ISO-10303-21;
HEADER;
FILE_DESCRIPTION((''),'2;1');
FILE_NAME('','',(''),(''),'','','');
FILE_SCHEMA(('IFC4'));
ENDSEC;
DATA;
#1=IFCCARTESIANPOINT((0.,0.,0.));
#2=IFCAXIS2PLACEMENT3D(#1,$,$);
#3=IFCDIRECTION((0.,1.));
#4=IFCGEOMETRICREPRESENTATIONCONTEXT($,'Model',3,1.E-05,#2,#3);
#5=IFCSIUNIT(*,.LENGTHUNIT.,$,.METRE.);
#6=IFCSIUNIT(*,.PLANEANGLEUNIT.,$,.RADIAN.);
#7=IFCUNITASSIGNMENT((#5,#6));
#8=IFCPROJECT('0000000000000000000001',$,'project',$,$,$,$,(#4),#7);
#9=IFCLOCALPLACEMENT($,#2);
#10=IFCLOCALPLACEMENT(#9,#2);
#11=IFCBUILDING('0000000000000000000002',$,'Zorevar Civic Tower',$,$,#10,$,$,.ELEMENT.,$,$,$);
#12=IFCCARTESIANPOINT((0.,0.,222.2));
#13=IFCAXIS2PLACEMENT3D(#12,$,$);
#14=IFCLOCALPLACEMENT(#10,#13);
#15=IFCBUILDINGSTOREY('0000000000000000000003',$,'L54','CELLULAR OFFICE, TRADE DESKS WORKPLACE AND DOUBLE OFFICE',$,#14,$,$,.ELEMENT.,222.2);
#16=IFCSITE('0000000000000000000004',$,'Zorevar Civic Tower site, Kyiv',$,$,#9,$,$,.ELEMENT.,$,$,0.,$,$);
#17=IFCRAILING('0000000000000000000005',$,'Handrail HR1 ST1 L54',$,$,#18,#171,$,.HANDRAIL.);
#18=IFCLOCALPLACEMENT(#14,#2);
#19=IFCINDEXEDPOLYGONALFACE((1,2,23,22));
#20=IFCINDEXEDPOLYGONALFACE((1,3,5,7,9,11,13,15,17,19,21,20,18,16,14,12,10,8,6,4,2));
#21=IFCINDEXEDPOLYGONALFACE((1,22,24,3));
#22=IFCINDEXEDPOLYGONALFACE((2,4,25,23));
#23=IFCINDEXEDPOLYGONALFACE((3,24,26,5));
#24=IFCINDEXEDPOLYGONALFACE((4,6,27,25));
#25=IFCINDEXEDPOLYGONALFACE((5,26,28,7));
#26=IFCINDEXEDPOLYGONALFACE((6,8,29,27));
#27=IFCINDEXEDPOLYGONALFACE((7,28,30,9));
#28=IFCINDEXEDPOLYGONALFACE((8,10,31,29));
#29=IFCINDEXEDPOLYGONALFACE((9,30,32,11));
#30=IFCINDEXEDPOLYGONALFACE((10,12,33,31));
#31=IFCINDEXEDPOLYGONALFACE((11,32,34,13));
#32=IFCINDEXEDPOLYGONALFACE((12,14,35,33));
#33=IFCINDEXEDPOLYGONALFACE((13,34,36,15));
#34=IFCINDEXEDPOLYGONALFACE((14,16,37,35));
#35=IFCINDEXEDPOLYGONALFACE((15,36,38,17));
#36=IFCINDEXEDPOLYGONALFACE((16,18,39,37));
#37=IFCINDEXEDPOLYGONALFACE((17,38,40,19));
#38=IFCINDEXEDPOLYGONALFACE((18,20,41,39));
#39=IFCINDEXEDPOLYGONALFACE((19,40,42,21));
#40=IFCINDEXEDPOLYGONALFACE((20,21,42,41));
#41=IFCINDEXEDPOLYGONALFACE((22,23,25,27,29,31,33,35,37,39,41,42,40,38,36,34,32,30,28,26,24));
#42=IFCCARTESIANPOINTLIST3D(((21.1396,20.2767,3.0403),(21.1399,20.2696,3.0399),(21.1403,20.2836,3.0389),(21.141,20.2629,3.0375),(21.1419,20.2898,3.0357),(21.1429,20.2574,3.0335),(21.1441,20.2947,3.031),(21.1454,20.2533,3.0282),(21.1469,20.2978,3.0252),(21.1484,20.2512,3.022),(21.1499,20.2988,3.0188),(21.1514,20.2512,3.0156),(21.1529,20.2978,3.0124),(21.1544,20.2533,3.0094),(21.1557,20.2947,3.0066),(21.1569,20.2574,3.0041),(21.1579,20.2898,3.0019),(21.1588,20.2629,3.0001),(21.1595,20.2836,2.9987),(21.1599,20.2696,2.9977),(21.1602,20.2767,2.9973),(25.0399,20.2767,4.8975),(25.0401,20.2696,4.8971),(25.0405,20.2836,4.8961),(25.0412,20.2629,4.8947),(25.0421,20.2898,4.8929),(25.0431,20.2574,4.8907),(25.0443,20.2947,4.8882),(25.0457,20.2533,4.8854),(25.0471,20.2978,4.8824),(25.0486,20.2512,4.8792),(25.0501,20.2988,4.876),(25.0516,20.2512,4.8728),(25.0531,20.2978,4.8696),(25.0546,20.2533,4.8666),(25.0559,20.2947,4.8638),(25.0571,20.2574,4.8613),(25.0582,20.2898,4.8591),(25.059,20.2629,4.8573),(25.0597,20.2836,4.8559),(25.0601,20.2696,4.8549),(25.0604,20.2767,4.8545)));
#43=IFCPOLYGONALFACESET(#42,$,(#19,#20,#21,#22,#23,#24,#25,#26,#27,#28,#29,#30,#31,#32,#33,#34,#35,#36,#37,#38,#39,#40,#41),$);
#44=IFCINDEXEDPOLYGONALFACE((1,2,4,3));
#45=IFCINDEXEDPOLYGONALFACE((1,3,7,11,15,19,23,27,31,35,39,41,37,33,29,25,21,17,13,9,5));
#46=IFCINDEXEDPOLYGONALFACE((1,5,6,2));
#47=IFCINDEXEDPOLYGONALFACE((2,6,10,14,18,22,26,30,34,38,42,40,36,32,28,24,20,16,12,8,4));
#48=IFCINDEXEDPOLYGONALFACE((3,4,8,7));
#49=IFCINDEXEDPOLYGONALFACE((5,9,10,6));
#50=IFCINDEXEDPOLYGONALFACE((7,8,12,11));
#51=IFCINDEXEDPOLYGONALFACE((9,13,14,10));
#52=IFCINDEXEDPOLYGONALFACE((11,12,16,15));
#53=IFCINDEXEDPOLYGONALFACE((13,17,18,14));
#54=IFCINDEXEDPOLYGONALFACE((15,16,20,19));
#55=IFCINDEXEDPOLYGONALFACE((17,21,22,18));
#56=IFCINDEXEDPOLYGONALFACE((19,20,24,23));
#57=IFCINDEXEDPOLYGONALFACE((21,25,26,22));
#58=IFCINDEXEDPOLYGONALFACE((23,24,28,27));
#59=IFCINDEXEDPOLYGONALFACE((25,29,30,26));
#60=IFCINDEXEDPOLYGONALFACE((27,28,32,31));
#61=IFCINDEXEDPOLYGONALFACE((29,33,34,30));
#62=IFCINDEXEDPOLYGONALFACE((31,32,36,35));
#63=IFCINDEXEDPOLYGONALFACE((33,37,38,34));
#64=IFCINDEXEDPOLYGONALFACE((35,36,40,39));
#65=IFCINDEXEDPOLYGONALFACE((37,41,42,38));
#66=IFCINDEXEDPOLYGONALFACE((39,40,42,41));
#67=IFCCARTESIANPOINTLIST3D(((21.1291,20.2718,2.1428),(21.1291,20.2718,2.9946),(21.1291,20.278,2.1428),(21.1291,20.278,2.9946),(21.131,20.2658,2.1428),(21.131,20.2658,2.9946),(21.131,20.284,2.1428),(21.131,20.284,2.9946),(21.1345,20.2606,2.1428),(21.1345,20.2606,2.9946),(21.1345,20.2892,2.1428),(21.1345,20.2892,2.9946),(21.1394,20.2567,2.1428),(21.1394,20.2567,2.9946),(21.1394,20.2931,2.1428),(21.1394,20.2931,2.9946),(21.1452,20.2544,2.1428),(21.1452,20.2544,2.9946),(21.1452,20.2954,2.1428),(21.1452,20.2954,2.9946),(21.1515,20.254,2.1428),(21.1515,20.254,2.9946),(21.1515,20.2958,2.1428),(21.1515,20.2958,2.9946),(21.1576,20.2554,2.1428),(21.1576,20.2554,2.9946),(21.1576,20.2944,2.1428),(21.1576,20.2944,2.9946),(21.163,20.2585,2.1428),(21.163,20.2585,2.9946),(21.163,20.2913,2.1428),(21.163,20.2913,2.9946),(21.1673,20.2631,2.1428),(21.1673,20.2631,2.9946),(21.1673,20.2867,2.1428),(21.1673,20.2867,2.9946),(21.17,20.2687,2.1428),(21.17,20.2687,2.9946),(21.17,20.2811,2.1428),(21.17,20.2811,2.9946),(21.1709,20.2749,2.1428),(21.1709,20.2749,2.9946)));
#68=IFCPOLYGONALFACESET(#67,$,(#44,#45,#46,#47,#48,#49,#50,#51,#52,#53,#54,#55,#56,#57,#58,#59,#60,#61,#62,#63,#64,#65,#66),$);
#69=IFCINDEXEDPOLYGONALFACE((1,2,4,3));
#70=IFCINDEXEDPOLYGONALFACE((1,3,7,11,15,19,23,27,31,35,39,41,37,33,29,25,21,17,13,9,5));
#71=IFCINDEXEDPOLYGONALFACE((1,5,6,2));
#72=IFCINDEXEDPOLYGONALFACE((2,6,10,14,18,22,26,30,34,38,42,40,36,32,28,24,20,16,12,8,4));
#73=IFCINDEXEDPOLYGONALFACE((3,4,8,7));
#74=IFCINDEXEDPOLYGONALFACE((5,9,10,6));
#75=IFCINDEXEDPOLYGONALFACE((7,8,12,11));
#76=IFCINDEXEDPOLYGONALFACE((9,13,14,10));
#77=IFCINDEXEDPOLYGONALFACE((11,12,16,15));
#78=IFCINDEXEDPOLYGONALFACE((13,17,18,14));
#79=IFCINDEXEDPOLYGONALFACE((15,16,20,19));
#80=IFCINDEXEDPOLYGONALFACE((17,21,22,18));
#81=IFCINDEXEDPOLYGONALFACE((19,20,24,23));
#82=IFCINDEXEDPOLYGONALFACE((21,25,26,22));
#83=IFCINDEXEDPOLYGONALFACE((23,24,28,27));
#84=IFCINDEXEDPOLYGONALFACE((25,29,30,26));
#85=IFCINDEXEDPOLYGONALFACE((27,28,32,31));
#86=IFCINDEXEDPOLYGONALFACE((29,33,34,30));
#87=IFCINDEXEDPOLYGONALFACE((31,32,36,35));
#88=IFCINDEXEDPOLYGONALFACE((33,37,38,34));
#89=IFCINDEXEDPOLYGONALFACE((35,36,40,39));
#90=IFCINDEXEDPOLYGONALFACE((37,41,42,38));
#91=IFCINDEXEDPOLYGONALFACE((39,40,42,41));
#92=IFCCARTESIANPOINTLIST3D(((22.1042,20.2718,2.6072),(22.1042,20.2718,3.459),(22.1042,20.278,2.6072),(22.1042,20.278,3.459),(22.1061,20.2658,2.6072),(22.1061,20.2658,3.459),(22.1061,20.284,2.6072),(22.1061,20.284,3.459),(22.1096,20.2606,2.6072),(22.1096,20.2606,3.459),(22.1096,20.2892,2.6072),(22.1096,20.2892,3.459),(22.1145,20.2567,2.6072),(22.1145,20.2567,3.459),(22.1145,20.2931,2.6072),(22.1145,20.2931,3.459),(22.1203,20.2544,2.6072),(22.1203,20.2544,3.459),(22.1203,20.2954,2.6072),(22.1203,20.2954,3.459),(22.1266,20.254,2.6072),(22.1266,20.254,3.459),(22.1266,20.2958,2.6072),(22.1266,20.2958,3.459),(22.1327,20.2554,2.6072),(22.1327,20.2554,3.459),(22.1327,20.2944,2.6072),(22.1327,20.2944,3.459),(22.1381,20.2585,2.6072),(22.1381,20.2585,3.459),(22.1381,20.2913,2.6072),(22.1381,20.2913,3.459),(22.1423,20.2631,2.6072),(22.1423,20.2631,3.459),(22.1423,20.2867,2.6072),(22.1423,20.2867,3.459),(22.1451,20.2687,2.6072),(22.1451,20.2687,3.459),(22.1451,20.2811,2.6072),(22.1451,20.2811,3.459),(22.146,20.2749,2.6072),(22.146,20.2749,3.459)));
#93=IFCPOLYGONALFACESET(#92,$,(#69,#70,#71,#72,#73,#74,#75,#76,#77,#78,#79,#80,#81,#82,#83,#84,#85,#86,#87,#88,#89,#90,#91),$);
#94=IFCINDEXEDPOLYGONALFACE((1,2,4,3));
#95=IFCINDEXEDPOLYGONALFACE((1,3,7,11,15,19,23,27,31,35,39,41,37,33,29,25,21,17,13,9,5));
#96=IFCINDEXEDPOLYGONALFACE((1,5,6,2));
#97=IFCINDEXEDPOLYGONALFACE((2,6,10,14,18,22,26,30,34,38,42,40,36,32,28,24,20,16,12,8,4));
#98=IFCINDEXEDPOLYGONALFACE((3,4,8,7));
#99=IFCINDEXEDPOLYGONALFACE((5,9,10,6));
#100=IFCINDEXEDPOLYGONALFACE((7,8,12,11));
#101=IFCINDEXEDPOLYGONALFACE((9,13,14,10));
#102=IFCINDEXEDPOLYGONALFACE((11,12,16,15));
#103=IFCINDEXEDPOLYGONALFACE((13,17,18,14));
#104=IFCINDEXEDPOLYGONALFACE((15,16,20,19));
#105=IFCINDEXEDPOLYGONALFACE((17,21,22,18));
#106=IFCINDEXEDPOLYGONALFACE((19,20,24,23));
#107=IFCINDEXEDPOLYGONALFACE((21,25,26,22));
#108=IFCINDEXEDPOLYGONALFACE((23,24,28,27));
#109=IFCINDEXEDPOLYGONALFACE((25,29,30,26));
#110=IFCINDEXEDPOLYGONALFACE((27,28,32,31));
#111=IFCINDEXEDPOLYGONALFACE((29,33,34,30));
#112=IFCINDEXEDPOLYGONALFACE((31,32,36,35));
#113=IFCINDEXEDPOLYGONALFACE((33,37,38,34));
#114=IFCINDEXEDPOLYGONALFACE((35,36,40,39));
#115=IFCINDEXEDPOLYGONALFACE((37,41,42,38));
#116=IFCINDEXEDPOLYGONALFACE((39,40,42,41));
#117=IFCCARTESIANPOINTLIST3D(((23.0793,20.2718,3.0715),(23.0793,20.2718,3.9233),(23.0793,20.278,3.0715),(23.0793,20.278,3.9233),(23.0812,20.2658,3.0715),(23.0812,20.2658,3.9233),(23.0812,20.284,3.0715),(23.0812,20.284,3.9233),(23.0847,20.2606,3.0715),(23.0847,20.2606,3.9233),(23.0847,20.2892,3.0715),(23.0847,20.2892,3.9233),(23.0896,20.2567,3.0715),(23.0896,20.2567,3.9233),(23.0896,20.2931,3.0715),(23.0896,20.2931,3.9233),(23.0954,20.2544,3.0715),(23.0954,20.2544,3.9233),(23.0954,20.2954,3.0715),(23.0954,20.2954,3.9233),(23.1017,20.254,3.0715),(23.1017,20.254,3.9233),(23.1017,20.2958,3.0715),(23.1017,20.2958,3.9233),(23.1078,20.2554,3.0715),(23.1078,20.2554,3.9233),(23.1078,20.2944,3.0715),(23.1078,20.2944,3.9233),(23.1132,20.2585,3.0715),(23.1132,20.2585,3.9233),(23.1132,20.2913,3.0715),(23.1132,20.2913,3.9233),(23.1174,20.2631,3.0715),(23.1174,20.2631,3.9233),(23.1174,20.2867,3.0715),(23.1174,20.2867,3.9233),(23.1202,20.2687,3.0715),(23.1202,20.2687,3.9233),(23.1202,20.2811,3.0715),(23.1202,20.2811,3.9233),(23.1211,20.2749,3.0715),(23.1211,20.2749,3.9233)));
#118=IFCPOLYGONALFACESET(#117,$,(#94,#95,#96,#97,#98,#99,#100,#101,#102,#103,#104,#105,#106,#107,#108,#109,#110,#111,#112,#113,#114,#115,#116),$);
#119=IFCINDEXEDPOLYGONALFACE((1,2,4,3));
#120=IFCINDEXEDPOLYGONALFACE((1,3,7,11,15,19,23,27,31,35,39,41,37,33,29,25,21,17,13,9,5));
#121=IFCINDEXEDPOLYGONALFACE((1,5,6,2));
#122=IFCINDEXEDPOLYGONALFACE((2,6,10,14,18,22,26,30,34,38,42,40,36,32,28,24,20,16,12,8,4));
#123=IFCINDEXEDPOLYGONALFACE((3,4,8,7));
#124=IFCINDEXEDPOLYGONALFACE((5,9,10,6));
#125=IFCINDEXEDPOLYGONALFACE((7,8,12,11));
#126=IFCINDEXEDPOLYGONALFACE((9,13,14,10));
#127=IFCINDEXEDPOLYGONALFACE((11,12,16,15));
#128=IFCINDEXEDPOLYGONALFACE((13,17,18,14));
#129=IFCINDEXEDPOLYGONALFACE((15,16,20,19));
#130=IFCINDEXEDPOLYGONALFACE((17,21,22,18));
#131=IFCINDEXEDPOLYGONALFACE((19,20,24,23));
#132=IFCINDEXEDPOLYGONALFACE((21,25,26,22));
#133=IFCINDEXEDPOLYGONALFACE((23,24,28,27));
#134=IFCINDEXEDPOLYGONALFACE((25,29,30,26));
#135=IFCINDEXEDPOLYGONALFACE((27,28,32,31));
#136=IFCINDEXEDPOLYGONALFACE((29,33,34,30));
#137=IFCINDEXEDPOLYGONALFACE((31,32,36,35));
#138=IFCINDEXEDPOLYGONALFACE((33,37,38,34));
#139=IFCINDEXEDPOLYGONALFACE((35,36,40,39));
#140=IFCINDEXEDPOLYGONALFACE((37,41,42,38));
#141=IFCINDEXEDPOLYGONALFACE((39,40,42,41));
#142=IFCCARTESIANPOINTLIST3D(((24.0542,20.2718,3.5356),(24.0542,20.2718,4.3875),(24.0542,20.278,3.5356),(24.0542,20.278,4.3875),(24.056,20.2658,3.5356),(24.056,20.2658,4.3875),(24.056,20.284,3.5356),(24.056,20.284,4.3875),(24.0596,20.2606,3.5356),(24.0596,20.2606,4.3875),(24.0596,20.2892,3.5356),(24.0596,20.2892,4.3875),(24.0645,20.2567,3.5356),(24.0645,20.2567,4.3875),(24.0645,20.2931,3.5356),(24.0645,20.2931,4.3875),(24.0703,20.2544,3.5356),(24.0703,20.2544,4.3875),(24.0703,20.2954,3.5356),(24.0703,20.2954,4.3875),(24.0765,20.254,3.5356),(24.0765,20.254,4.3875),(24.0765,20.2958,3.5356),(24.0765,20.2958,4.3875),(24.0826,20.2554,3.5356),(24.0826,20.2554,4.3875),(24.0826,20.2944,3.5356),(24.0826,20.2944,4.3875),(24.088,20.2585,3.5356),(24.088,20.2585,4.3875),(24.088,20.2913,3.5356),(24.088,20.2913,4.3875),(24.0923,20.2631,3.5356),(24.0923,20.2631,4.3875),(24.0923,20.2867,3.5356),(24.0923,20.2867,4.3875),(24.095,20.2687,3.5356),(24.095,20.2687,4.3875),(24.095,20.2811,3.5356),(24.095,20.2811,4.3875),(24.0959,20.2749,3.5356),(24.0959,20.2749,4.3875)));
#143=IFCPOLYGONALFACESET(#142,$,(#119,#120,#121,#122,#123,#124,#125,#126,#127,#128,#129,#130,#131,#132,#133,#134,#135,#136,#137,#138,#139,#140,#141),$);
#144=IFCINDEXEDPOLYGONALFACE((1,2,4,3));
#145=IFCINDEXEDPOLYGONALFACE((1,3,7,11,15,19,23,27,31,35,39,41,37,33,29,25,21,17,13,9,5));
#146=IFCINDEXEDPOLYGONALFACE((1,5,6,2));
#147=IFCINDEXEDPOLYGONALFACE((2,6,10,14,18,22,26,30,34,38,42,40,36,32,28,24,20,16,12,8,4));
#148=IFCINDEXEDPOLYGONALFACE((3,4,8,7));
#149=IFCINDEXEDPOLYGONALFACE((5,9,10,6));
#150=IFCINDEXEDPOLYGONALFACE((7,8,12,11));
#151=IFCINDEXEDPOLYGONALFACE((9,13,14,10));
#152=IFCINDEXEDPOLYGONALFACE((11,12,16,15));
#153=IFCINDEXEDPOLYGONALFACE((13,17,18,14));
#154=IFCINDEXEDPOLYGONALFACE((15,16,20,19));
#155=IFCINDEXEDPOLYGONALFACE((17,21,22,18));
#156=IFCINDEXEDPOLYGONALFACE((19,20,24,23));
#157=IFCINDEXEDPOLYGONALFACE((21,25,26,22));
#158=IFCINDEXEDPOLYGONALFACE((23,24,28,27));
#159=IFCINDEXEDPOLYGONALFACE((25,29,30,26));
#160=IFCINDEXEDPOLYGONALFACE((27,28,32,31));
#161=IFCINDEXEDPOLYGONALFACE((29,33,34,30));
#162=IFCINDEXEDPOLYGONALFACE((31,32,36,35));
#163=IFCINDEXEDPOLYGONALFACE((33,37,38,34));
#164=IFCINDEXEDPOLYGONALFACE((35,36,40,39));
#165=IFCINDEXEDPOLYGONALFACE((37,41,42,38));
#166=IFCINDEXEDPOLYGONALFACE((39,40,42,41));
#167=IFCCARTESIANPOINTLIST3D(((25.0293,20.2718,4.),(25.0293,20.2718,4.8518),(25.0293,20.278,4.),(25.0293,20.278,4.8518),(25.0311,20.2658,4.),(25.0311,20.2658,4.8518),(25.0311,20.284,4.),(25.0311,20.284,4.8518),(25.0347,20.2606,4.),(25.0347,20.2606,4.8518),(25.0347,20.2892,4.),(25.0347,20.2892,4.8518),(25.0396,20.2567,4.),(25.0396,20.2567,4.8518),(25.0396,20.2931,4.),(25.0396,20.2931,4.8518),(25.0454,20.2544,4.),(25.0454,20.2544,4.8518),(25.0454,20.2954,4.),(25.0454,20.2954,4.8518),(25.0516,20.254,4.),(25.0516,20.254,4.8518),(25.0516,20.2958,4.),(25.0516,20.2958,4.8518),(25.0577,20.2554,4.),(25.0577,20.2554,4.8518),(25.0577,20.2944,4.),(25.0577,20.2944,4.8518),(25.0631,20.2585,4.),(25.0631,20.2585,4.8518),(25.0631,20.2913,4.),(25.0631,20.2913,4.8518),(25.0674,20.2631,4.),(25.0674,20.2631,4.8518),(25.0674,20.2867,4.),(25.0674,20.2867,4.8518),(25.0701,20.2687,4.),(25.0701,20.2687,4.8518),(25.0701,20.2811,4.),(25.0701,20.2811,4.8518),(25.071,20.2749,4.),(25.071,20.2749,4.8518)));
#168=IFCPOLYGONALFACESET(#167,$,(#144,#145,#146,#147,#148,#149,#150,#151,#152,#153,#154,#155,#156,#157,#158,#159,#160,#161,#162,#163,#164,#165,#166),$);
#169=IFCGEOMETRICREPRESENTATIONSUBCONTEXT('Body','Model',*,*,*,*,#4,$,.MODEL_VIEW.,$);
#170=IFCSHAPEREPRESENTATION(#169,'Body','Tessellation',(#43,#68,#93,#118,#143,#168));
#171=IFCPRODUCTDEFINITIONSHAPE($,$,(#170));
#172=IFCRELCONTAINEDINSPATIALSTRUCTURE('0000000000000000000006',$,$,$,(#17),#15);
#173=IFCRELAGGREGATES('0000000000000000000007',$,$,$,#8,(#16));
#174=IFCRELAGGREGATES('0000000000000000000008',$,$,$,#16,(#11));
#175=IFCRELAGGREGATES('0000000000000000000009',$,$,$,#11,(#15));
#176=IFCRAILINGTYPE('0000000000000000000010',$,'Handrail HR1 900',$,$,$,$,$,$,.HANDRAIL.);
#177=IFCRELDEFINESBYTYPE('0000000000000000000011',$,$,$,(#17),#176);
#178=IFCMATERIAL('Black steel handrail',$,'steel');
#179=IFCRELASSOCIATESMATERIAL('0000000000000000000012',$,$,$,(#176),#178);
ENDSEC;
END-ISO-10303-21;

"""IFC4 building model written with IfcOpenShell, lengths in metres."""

from ifc_helpers import new_model, si_unit, direction, frame, origin, origin_2d, place, context, subcontext, project, spatial, circle, extrude, material, type_object, element, save


model = new_model("IFC4")

# Units and contexts
model_context = context("Model", 3, precision=1e-05, world=origin(), true_north=direction((0.0, 1.0)))
body_context = subcontext(model_context, "Body", "Model", "MODEL_VIEW")
ifc_project = project(units=[si_unit("LENGTHUNIT", "METRE"), si_unit("PLANEANGLEUNIT", "RADIAN")], contexts=[model_context])

# Site, building, storey
site_placement = place(None, origin())
site = spatial("IfcSite", under=ifc_project, at=site_placement, Name="Zorevar Civic Tower site, Kyiv", CompositionType="ELEMENT", RefElevation=0.0)
building_placement = place(site_placement, origin())
building = spatial("IfcBuilding", under=site, at=building_placement, Name="Zorevar Civic Tower", CompositionType="ELEMENT")
storey_placement = place(building_placement, frame((0.0, 0.0, 222.2)))
storey = spatial("IfcBuildingStorey", under=building, at=storey_placement, Name="L54", Description="CELLULAR OFFICE, TRADE DESKS WORKPLACE AND DOUBLE OFFICE", CompositionType="ELEMENT", Elevation=222.2)

# Railing
ifc_material_1 = material(Name="Black steel handrail", Category="steel")
railing_type = type_object("IfcRailingType", Name="Handrail HR1 900", PredefinedType="HANDRAIL", material=ifc_material_1)
railing_1_placement = place(storey_placement, frame((21.1499, 20.2749, 2.1428)))
element("IfcRailing", 1, at=railing_1_placement, inside=storey, type_object=railing_type, Name="Handrail HR1 ST1 L54", PredefinedType="HANDRAIL", context=body_context, shape_type="SweptSolid", body=[
    extrude(circle(Radius=0.0239, at=origin_2d()), frame((0.0, 0.0, 0.876), z_axis=(0.902864, 0.0, 0.429927), x_axis=(0.0, 1.0, 0.0)), (0.0, 0.0, 1.0), 4.3198),
    extrude(circle(Radius=0.021, at=origin_2d()), origin(), (0.0, 0.0, 1.0), 0.8518),
    extrude(circle(Radius=0.021, at=origin_2d()), frame((0.9751, 0.0, 0.4644)), (0.0, 0.0, 1.0), 0.8518),
    extrude(circle(Radius=0.021, at=origin_2d()), frame((1.9502, 0.0, 0.9287)), (0.0, 0.0, 1.0), 0.8518),
    extrude(circle(Radius=0.021, at=origin_2d()), frame((2.925, 0.0, 1.3928)), (0.0, 0.0, 1.0), 0.8518),
    extrude(circle(Radius=0.021, at=origin_2d()), frame((3.9001, 0.0, 1.8572)), (0.0, 0.0, 1.0), 0.8518),
])

save(model, "model.ifc")
